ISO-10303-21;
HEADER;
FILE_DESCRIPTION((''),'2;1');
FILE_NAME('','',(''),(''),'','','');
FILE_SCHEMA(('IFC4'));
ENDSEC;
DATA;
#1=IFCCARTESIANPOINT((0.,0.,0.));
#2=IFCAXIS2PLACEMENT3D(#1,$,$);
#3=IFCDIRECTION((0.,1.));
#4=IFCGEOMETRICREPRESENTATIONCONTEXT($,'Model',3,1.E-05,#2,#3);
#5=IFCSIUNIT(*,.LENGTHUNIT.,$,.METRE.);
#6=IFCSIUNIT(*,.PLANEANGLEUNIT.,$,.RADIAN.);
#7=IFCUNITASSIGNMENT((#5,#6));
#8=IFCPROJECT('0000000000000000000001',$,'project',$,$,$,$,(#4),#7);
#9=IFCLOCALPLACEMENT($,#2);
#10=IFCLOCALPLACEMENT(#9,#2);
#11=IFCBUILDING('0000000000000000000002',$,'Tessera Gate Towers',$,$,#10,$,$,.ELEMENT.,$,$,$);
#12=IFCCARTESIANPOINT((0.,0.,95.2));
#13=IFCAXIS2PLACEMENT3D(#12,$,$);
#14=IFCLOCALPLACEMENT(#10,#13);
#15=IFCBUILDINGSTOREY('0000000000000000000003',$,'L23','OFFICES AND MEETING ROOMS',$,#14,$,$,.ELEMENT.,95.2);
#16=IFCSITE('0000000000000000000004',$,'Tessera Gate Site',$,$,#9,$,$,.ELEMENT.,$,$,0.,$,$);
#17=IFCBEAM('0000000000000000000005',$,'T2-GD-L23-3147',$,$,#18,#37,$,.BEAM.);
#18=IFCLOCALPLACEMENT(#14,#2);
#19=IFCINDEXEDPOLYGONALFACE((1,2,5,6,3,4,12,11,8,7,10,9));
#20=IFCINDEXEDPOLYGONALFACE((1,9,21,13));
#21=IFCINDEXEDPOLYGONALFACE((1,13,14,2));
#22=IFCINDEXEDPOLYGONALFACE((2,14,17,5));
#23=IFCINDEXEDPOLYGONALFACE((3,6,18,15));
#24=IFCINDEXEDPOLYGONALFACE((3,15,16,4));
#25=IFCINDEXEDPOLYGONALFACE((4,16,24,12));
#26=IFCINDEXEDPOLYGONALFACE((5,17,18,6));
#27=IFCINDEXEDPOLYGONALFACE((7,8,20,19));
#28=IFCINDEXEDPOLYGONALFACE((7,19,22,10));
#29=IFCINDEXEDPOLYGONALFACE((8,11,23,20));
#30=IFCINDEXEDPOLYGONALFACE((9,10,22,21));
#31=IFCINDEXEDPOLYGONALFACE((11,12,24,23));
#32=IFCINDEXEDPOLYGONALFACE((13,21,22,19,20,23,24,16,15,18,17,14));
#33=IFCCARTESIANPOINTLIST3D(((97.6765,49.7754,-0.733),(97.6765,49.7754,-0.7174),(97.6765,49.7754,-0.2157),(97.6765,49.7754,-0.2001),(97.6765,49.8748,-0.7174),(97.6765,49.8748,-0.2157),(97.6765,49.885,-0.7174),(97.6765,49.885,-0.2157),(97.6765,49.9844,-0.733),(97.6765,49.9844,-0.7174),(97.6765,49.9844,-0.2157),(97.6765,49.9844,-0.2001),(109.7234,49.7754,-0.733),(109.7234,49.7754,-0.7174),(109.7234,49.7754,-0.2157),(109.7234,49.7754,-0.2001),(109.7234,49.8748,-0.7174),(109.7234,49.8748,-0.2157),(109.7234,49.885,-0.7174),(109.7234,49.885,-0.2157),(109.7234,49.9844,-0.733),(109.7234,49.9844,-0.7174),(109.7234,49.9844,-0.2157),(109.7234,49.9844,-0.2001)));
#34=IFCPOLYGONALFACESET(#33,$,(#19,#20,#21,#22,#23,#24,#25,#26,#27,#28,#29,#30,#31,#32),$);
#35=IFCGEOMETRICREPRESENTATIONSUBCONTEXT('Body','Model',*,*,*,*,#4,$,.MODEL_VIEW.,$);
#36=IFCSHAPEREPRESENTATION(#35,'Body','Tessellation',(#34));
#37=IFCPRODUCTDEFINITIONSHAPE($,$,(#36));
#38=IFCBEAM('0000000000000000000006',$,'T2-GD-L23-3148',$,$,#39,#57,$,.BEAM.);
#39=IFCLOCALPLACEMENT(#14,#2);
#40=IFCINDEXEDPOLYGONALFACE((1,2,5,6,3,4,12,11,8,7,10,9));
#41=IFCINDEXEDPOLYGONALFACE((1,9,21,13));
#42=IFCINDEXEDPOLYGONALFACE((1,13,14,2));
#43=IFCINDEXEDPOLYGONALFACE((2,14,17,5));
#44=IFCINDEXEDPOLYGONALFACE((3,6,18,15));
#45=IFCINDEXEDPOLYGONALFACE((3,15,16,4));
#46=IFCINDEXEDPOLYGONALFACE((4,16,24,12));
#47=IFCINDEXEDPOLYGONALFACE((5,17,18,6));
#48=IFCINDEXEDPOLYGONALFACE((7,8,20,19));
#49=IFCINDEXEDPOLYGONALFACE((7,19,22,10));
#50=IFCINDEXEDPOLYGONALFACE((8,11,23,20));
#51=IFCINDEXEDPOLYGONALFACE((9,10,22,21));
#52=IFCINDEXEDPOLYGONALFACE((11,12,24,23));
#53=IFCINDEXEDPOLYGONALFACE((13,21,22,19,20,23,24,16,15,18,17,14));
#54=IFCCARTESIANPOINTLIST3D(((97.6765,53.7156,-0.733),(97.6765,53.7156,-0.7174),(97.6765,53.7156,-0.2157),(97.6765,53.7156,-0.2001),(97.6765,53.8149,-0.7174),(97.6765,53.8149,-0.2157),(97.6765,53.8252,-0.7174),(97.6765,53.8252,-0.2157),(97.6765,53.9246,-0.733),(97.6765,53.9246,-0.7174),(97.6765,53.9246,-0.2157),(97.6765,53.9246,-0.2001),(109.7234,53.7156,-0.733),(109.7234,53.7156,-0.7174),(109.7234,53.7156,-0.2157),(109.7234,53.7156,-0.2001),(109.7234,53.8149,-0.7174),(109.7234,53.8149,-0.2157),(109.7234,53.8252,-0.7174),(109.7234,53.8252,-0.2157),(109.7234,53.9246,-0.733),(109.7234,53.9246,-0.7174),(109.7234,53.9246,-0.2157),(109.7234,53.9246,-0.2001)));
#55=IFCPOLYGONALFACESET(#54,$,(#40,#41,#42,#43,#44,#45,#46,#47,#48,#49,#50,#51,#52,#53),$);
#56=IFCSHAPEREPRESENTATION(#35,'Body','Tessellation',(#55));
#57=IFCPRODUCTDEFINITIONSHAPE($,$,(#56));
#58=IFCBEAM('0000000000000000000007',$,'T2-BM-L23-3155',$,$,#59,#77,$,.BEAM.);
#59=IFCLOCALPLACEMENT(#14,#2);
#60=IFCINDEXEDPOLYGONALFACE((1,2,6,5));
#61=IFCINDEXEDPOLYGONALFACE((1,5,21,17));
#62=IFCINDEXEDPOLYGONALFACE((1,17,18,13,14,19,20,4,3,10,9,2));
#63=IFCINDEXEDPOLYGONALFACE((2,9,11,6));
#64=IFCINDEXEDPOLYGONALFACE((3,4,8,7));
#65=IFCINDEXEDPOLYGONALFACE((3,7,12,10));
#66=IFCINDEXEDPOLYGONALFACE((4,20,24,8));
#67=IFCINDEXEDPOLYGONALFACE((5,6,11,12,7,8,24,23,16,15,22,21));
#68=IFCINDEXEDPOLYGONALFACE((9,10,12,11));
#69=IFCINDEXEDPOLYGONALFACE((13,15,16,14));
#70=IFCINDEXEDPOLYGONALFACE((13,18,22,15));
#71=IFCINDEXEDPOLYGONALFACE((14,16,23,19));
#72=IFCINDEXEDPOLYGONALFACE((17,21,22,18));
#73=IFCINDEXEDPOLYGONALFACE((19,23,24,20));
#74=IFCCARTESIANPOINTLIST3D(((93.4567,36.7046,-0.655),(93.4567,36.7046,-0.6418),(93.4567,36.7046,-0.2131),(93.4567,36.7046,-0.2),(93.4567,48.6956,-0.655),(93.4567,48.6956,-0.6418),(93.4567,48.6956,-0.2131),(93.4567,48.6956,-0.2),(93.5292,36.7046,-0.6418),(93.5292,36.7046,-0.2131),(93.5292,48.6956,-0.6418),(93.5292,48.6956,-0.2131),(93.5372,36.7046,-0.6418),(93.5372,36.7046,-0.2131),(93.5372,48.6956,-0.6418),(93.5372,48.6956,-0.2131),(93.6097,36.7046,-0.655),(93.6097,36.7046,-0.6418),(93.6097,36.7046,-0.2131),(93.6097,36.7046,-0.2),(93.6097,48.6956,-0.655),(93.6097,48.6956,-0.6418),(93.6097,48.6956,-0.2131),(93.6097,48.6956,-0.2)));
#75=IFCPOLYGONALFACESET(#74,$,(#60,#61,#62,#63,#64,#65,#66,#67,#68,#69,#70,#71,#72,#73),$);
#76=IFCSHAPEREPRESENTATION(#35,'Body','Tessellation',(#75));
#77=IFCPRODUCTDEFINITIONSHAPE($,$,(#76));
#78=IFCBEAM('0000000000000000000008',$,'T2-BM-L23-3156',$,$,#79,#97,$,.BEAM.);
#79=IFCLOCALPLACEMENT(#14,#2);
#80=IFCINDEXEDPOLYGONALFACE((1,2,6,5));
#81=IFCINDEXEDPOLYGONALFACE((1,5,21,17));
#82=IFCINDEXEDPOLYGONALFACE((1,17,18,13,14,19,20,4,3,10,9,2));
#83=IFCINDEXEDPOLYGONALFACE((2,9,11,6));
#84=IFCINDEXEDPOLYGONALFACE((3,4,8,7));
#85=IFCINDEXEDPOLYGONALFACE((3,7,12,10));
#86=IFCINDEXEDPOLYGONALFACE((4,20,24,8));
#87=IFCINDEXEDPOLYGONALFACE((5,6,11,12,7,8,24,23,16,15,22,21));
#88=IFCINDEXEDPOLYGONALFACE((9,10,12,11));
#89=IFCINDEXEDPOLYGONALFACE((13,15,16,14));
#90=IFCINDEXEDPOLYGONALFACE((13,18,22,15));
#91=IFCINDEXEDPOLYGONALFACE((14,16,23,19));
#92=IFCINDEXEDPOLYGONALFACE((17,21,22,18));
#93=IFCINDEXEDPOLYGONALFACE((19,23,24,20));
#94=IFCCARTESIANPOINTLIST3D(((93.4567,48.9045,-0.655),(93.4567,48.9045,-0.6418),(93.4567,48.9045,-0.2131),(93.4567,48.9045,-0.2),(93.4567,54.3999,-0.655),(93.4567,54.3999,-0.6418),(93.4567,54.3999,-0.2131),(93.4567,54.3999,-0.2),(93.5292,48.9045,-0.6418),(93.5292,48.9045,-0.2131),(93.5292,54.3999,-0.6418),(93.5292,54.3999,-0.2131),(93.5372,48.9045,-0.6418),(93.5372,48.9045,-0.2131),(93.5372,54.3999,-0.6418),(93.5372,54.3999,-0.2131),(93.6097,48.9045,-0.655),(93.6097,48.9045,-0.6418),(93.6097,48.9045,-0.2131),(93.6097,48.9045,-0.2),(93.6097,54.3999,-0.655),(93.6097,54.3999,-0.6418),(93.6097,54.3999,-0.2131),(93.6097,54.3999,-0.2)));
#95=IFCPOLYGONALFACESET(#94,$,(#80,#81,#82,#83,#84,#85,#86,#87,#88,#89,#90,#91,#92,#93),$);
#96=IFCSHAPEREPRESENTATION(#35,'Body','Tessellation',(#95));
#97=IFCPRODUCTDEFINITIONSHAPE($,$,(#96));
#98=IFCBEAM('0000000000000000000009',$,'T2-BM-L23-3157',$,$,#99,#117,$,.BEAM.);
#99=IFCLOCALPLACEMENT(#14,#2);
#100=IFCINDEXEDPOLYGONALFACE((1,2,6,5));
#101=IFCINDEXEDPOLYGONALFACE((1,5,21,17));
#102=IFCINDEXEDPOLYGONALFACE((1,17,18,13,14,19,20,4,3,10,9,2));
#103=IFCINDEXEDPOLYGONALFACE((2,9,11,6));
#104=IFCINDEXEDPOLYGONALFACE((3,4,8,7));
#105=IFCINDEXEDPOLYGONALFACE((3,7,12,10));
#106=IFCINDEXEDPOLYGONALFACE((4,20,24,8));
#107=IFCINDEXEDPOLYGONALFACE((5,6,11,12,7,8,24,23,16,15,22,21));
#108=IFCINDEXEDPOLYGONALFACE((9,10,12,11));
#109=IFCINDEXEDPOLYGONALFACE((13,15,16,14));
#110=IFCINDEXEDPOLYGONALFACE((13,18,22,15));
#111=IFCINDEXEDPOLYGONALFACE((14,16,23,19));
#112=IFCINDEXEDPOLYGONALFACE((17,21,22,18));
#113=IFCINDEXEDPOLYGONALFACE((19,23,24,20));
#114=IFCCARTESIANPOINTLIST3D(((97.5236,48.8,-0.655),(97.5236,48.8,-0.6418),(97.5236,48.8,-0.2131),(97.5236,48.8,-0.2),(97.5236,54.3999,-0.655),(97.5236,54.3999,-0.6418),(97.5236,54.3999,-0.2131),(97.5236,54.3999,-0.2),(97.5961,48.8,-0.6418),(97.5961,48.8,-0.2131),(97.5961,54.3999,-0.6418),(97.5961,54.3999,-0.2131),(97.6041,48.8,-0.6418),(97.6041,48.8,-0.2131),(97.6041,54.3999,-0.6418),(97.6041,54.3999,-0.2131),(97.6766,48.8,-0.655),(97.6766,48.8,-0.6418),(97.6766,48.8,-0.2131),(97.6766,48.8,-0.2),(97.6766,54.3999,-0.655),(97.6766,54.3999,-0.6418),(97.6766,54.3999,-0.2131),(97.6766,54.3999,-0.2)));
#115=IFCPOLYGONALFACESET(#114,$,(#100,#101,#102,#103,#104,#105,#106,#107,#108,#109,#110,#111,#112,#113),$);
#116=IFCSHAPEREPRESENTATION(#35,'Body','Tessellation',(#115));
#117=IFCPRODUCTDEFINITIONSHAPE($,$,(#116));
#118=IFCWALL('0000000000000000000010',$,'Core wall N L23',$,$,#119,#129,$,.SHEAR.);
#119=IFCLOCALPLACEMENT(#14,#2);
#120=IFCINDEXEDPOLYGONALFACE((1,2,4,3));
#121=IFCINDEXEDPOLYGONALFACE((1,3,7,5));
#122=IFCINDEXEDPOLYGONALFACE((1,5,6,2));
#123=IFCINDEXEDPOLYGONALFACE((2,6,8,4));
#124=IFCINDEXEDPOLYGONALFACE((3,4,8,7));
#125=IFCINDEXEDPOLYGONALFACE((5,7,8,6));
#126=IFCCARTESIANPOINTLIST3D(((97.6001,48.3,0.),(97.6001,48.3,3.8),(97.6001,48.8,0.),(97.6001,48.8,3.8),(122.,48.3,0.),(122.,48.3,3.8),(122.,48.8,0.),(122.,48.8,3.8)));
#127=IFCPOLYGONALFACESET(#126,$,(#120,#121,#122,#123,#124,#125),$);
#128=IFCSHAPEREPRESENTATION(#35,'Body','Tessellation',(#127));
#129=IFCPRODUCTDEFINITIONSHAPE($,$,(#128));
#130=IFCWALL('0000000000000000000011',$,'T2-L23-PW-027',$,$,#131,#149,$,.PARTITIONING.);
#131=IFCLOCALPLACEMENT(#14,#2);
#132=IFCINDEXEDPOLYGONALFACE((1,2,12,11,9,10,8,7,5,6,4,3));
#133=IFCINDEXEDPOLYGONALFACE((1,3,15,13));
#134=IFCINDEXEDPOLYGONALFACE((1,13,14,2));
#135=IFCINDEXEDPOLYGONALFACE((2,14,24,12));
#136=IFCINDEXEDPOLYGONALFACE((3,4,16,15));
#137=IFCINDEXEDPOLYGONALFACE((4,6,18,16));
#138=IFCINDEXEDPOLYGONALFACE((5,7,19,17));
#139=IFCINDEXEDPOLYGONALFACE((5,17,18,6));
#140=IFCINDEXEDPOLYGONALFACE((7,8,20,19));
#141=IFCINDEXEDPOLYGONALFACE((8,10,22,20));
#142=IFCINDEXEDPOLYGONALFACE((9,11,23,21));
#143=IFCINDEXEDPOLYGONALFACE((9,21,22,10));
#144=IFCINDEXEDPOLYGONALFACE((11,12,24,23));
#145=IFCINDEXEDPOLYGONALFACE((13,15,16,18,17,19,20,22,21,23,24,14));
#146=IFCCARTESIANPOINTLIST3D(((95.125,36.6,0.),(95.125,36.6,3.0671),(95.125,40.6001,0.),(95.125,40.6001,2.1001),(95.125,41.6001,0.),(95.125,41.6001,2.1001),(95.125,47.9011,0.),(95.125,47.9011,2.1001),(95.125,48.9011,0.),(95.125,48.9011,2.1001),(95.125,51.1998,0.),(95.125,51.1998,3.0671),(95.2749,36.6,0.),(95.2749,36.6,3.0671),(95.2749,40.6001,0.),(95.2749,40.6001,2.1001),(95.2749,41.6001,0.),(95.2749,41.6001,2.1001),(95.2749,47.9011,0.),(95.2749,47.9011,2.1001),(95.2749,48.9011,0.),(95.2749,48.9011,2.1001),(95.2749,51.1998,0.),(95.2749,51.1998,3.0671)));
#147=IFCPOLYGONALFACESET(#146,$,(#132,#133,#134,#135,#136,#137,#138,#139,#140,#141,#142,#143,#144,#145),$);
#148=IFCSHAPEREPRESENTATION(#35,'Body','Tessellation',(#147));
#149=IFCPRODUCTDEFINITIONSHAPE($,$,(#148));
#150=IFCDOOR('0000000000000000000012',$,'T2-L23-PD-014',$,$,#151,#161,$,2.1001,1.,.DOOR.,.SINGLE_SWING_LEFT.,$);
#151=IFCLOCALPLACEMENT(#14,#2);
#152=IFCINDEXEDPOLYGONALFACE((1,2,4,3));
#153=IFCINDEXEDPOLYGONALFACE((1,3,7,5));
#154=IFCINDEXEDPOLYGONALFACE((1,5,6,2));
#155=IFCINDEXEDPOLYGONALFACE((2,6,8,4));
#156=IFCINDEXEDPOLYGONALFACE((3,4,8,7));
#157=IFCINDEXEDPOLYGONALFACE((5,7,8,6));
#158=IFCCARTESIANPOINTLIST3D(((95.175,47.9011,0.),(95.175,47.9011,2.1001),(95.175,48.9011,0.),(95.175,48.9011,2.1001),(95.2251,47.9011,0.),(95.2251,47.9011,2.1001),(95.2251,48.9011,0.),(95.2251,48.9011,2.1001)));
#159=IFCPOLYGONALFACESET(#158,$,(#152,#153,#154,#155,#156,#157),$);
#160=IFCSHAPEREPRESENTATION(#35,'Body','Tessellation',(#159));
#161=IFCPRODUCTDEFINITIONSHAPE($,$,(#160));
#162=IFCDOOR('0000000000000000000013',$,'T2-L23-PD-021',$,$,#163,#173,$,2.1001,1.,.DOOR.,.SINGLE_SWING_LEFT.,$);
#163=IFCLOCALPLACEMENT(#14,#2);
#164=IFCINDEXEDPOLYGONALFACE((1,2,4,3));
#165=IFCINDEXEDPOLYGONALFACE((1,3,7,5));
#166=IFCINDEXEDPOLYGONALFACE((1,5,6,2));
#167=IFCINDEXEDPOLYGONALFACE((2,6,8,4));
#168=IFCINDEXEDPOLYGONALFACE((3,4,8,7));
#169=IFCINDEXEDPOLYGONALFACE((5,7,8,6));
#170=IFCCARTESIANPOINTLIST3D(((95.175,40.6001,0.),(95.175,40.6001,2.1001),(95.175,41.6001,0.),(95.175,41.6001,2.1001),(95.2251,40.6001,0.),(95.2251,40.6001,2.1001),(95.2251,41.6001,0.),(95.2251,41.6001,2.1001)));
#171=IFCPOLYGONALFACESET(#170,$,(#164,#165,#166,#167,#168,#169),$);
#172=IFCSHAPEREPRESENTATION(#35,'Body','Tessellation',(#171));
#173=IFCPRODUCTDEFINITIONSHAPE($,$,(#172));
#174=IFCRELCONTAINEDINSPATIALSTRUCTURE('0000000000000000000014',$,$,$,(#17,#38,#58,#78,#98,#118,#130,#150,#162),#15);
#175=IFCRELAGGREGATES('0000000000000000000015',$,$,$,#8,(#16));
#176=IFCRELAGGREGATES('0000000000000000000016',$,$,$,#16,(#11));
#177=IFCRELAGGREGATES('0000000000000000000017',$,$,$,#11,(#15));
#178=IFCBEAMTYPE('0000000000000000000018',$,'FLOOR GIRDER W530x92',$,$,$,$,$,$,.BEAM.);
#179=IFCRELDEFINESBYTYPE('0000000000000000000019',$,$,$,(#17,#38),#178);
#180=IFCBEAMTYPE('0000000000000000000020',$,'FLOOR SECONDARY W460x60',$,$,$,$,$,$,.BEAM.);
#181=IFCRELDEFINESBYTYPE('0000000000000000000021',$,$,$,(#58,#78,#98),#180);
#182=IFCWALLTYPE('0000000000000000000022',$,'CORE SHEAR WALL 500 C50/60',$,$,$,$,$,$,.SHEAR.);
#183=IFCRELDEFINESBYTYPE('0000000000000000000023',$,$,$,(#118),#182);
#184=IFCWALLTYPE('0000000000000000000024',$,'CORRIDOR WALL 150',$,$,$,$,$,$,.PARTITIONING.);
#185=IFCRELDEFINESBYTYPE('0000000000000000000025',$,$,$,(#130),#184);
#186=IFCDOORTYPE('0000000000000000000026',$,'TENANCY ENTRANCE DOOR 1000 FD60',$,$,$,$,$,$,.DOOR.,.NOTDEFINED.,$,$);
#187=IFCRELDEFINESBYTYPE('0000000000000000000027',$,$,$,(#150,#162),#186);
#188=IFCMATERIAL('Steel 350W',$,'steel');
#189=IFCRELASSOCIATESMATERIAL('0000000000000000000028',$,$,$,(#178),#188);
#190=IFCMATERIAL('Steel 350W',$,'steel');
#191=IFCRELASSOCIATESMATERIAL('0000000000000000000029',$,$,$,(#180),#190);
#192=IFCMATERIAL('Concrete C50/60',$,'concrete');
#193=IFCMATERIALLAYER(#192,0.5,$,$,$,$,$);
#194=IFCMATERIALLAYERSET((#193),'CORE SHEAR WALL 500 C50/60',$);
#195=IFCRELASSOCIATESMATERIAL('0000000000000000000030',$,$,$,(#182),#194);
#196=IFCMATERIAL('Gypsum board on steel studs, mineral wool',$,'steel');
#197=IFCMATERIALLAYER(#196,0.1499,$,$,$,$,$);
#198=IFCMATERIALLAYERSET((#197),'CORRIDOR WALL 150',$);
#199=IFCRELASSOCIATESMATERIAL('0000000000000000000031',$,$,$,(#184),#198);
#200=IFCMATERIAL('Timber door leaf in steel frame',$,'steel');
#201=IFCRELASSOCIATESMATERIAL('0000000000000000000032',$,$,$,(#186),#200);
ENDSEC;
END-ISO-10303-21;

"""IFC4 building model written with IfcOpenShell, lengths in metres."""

from ifc_helpers import new_model, si_unit, direction, frame, frame_2d, origin, origin_2d, place, context, subcontext, project, spatial, rectangle, i_section, extrude, source, transform, mapped, material, layer, layer_set, material_profile, profile_set, type_object, element, fill, save


model = new_model("IFC4")

# Units and contexts
model_context = context("Model", 3, precision=1e-05, world=origin(), true_north=direction((0.0, 1.0)))
body_context = subcontext(model_context, "Body", "Model", "MODEL_VIEW")
ifc_project = project(units=[si_unit("LENGTHUNIT", "METRE"), si_unit("PLANEANGLEUNIT", "RADIAN")], contexts=[model_context])

# Site, building, storey
site_placement = place(None, origin())
site = spatial("IfcSite", under=ifc_project, at=site_placement, Name="Tessera Gate Site", CompositionType="ELEMENT", RefElevation=0.0)
building_placement = place(site_placement, origin())
building = spatial("IfcBuilding", under=site, at=building_placement, Name="Tessera Gate Towers", CompositionType="ELEMENT")
storey_placement = place(building_placement, frame((0.0, 0.0, 95.2)))
storey = spatial("IfcBuildingStorey", under=building, at=storey_placement, Name="L23", Description="OFFICES AND MEETING ROOMS", CompositionType="ELEMENT", Elevation=95.2)

# Beams
ifc_material_1 = material(Name="Steel 350W", Category="steel")
ifc_material_profile_1 = material_profile(ifc_material_1, i_section(OverallWidth=0.209, OverallDepth=0.533, WebThickness=0.0103, FlangeThickness=0.0156, at=origin_2d()), Name="W530x92")
ifc_profile_set_1 = profile_set([ifc_material_profile_1], Name="Steel 350W")
beam_type_1 = type_object("IfcBeamType", Name="FLOOR GIRDER W530x92", PredefinedType="BEAM", material=ifc_profile_set_1)
for number, where, z_axis, x_axis, name in (
    (1, (97.6765, 49.8799, -0.4666), (1.0, 0.0, 0.0), (0.0, 1.0, 0.0), "T2-GD-L23-3147"),
    (2, (97.6765, 53.8201, -0.4666), (1.0, 0.0, 0.0), (0.0, 1.0, 0.0), "T2-GD-L23-3148"),
):
    element("IfcBeam", number, at=place(storey_placement, frame(where, z_axis=z_axis, x_axis=x_axis)), inside=storey, type_object=beam_type_1, Name=name, PredefinedType="BEAM", context=body_context, shape_type="SweptSolid", body=[
        extrude(i_section(OverallWidth=0.209, OverallDepth=0.533, WebThickness=0.0103, FlangeThickness=0.0156, at=origin_2d()), origin(), (0.0, 0.0, 1.0), 12.0469),
    ])
ifc_material_2 = material(Name="Steel 350W", Category="steel")
ifc_material_profile_2 = material_profile(ifc_material_2, i_section(OverallWidth=0.1531, OverallDepth=0.4551, WebThickness=0.0081, FlangeThickness=0.0132, at=origin_2d()), Name="W460x60")
ifc_profile_set_2 = profile_set([ifc_material_profile_2], Name="Steel 350W")
beam_type_2 = type_object("IfcBeamType", Name="FLOOR SECONDARY W460x60", PredefinedType="BEAM", material=ifc_profile_set_2)
beam_1_placement = place(storey_placement, frame((93.5332, 36.7046, -0.4275), z_axis=(0.0, 1.0, 0.0), x_axis=(-1.0, 0.0, 0.0)))
element("IfcBeam", 3, at=beam_1_placement, inside=storey, type_object=beam_type_2, Name="T2-BM-L23-3155", PredefinedType="BEAM", context=body_context, shape_type="SweptSolid", body=[
    extrude(i_section(OverallWidth=0.1531, OverallDepth=0.4551, WebThickness=0.0081, FlangeThickness=0.0132, at=origin_2d()), origin(), (0.0, 0.0, 1.0), 11.991),
])
beam_2_placement = place(storey_placement, frame((93.5332, 48.9045, -0.4275), z_axis=(0.0, 1.0, 0.0), x_axis=(-1.0, 0.0, 0.0)))
element("IfcBeam", 4, at=beam_2_placement, inside=storey, type_object=beam_type_2, Name="T2-BM-L23-3156", PredefinedType="BEAM", context=body_context, shape_type="SweptSolid", body=[
    extrude(i_section(OverallWidth=0.1531, OverallDepth=0.4551, WebThickness=0.0081, FlangeThickness=0.0132, at=origin_2d()), origin(), (0.0, 0.0, 1.0), 5.4954),
])
beam_3_placement = place(storey_placement, frame((97.6001, 48.8, -0.4275), z_axis=(0.0, 1.0, 0.0), x_axis=(-1.0, 0.0, 0.0)))
element("IfcBeam", 5, at=beam_3_placement, inside=storey, type_object=beam_type_2, Name="T2-BM-L23-3157", PredefinedType="BEAM", context=body_context, shape_type="SweptSolid", body=[
    extrude(i_section(OverallWidth=0.1531, OverallDepth=0.4551, WebThickness=0.0081, FlangeThickness=0.0132, at=origin_2d()), origin(), (0.0, 0.0, 1.0), 5.5999),
])

# Shared definitions
ifc_material_3 = material(Name="Concrete C50/60", Category="concrete")
ifc_layer_1 = layer(ifc_material_3, 0.5)
ifc_layer_set_1 = layer_set([ifc_layer_1], Name="CORE SHEAR WALL 500 C50/60")
wall_type_1 = type_object("IfcWallType", Name="CORE SHEAR WALL 500 C50/60", PredefinedType="SHEAR", material=ifc_layer_set_1)

# Wall
wall_1_placement = place(storey_placement, frame((97.6001, 48.55, 0.0), z_axis=(0.0, 0.0, 1.0), x_axis=(1.0, 0.0, 0.0)))
element("IfcWall", 6, at=wall_1_placement, inside=storey, type_object=wall_type_1, Name="Core wall N L23", PredefinedType="SHEAR", context=body_context, shape_type="SweptSolid", body=[
    extrude(rectangle(XDim=24.3999, YDim=0.5, at=frame_2d((12.2, 0.0))), origin(), (0.0, 0.0, 1.0), 3.8),
])

# Wall, openings, doors
ifc_material_4 = material(Name="Gypsum board on steel studs, mineral wool", Category="steel")
ifc_layer_2 = layer(ifc_material_4, 0.1499)
ifc_layer_set_2 = layer_set([ifc_layer_2], Name="CORRIDOR WALL 150")
wall_type_2 = type_object("IfcWallType", Name="CORRIDOR WALL 150", PredefinedType="PARTITIONING", material=ifc_layer_set_2)
wall_2_placement = place(storey_placement, frame((95.2, 36.6001, 0.0), z_axis=(0.0, 0.0, 1.0), x_axis=(0.0, 1.0, 0.0)))
wall_2 = element("IfcWall", 7, at=wall_2_placement, inside=storey, type_object=wall_type_2, Name="T2-L23-PW-027", PredefinedType="PARTITIONING", context=body_context, shape_type="SweptSolid", body=[
    extrude(rectangle(XDim=14.5999, YDim=0.1499, at=frame_2d((7.2998, 0.0))), origin(), (0.0, 0.0, 1.0), 3.0671),
])
shared_shape_1 = source(origin(), body_context, "Body", "SweptSolid", [
    extrude(rectangle(XDim=1.0, YDim=2.1001, at=frame_2d((0.5, 1.05))), frame((0.0, 0.085, 0.0), z_axis=(0.0, -1.0, 0.0), x_axis=(1.0, 0.0, 0.0)), (0.0, 0.0, 1.0), 0.1699),
])
opening_1_placement = place(wall_2_placement, frame((11.301, 0.0, 0.0)))
opening_1 = element("IfcOpeningElement", 8, at=opening_1_placement, cuts=wall_2, PredefinedType="OPENING", context=body_context, shape_type="MappedRepresentation", body=[
    mapped(shared_shape_1, transform((0.0, 0.0, 0.0), scale=1.0)),
])
opening_2_placement = place(wall_2_placement, frame((4.0, 0.0, 0.0)))
opening_2 = element("IfcOpeningElement", 9, at=opening_2_placement, cuts=wall_2, PredefinedType="OPENING", context=body_context, shape_type="MappedRepresentation", body=[
    mapped(shared_shape_1, transform((0.0, 0.0, 0.0), scale=1.0)),
])
ifc_material_5 = material(Name="Timber door leaf in steel frame", Category="steel")
door_type_1 = type_object("IfcDoorType", Name="TENANCY ENTRANCE DOOR 1000 FD60", OperationType="NOTDEFINED", PredefinedType="DOOR", material=ifc_material_5)
shared_shape_2 = source(origin(), body_context, "Body", "SweptSolid", [
    extrude(rectangle(XDim=1.0, YDim=2.1001, at=frame_2d((0.5, 1.05))), frame((0.0, 0.0249, 0.0), z_axis=(0.0, -1.0, 0.0), x_axis=(1.0, 0.0, 0.0)), (0.0, 0.0, 1.0), 0.05),
])
door_1_placement = place(opening_1_placement, origin())
door_1 = element("IfcDoor", 10, at=door_1_placement, inside=storey, type_object=door_type_1, Name="T2-L23-PD-014", OperationType="SINGLE_SWING_LEFT", OverallHeight=2.1001, OverallWidth=1.0, PredefinedType="DOOR", context=body_context, shape_type="MappedRepresentation", body=[
    mapped(shared_shape_2, transform((0.0, 0.0, 0.0), scale=1.0)),
])
fill(opening_1, door_1)
door_2_placement = place(opening_2_placement, origin())
door_2 = element("IfcDoor", 11, at=door_2_placement, inside=storey, type_object=door_type_1, Name="T2-L23-PD-021", OperationType="SINGLE_SWING_LEFT", OverallHeight=2.1001, OverallWidth=1.0, PredefinedType="DOOR", context=body_context, shape_type="MappedRepresentation", body=[
    mapped(shared_shape_2, transform((0.0, 0.0, 0.0), scale=1.0)),
])
fill(opening_2, door_2)

save(model, "model.ifc")
